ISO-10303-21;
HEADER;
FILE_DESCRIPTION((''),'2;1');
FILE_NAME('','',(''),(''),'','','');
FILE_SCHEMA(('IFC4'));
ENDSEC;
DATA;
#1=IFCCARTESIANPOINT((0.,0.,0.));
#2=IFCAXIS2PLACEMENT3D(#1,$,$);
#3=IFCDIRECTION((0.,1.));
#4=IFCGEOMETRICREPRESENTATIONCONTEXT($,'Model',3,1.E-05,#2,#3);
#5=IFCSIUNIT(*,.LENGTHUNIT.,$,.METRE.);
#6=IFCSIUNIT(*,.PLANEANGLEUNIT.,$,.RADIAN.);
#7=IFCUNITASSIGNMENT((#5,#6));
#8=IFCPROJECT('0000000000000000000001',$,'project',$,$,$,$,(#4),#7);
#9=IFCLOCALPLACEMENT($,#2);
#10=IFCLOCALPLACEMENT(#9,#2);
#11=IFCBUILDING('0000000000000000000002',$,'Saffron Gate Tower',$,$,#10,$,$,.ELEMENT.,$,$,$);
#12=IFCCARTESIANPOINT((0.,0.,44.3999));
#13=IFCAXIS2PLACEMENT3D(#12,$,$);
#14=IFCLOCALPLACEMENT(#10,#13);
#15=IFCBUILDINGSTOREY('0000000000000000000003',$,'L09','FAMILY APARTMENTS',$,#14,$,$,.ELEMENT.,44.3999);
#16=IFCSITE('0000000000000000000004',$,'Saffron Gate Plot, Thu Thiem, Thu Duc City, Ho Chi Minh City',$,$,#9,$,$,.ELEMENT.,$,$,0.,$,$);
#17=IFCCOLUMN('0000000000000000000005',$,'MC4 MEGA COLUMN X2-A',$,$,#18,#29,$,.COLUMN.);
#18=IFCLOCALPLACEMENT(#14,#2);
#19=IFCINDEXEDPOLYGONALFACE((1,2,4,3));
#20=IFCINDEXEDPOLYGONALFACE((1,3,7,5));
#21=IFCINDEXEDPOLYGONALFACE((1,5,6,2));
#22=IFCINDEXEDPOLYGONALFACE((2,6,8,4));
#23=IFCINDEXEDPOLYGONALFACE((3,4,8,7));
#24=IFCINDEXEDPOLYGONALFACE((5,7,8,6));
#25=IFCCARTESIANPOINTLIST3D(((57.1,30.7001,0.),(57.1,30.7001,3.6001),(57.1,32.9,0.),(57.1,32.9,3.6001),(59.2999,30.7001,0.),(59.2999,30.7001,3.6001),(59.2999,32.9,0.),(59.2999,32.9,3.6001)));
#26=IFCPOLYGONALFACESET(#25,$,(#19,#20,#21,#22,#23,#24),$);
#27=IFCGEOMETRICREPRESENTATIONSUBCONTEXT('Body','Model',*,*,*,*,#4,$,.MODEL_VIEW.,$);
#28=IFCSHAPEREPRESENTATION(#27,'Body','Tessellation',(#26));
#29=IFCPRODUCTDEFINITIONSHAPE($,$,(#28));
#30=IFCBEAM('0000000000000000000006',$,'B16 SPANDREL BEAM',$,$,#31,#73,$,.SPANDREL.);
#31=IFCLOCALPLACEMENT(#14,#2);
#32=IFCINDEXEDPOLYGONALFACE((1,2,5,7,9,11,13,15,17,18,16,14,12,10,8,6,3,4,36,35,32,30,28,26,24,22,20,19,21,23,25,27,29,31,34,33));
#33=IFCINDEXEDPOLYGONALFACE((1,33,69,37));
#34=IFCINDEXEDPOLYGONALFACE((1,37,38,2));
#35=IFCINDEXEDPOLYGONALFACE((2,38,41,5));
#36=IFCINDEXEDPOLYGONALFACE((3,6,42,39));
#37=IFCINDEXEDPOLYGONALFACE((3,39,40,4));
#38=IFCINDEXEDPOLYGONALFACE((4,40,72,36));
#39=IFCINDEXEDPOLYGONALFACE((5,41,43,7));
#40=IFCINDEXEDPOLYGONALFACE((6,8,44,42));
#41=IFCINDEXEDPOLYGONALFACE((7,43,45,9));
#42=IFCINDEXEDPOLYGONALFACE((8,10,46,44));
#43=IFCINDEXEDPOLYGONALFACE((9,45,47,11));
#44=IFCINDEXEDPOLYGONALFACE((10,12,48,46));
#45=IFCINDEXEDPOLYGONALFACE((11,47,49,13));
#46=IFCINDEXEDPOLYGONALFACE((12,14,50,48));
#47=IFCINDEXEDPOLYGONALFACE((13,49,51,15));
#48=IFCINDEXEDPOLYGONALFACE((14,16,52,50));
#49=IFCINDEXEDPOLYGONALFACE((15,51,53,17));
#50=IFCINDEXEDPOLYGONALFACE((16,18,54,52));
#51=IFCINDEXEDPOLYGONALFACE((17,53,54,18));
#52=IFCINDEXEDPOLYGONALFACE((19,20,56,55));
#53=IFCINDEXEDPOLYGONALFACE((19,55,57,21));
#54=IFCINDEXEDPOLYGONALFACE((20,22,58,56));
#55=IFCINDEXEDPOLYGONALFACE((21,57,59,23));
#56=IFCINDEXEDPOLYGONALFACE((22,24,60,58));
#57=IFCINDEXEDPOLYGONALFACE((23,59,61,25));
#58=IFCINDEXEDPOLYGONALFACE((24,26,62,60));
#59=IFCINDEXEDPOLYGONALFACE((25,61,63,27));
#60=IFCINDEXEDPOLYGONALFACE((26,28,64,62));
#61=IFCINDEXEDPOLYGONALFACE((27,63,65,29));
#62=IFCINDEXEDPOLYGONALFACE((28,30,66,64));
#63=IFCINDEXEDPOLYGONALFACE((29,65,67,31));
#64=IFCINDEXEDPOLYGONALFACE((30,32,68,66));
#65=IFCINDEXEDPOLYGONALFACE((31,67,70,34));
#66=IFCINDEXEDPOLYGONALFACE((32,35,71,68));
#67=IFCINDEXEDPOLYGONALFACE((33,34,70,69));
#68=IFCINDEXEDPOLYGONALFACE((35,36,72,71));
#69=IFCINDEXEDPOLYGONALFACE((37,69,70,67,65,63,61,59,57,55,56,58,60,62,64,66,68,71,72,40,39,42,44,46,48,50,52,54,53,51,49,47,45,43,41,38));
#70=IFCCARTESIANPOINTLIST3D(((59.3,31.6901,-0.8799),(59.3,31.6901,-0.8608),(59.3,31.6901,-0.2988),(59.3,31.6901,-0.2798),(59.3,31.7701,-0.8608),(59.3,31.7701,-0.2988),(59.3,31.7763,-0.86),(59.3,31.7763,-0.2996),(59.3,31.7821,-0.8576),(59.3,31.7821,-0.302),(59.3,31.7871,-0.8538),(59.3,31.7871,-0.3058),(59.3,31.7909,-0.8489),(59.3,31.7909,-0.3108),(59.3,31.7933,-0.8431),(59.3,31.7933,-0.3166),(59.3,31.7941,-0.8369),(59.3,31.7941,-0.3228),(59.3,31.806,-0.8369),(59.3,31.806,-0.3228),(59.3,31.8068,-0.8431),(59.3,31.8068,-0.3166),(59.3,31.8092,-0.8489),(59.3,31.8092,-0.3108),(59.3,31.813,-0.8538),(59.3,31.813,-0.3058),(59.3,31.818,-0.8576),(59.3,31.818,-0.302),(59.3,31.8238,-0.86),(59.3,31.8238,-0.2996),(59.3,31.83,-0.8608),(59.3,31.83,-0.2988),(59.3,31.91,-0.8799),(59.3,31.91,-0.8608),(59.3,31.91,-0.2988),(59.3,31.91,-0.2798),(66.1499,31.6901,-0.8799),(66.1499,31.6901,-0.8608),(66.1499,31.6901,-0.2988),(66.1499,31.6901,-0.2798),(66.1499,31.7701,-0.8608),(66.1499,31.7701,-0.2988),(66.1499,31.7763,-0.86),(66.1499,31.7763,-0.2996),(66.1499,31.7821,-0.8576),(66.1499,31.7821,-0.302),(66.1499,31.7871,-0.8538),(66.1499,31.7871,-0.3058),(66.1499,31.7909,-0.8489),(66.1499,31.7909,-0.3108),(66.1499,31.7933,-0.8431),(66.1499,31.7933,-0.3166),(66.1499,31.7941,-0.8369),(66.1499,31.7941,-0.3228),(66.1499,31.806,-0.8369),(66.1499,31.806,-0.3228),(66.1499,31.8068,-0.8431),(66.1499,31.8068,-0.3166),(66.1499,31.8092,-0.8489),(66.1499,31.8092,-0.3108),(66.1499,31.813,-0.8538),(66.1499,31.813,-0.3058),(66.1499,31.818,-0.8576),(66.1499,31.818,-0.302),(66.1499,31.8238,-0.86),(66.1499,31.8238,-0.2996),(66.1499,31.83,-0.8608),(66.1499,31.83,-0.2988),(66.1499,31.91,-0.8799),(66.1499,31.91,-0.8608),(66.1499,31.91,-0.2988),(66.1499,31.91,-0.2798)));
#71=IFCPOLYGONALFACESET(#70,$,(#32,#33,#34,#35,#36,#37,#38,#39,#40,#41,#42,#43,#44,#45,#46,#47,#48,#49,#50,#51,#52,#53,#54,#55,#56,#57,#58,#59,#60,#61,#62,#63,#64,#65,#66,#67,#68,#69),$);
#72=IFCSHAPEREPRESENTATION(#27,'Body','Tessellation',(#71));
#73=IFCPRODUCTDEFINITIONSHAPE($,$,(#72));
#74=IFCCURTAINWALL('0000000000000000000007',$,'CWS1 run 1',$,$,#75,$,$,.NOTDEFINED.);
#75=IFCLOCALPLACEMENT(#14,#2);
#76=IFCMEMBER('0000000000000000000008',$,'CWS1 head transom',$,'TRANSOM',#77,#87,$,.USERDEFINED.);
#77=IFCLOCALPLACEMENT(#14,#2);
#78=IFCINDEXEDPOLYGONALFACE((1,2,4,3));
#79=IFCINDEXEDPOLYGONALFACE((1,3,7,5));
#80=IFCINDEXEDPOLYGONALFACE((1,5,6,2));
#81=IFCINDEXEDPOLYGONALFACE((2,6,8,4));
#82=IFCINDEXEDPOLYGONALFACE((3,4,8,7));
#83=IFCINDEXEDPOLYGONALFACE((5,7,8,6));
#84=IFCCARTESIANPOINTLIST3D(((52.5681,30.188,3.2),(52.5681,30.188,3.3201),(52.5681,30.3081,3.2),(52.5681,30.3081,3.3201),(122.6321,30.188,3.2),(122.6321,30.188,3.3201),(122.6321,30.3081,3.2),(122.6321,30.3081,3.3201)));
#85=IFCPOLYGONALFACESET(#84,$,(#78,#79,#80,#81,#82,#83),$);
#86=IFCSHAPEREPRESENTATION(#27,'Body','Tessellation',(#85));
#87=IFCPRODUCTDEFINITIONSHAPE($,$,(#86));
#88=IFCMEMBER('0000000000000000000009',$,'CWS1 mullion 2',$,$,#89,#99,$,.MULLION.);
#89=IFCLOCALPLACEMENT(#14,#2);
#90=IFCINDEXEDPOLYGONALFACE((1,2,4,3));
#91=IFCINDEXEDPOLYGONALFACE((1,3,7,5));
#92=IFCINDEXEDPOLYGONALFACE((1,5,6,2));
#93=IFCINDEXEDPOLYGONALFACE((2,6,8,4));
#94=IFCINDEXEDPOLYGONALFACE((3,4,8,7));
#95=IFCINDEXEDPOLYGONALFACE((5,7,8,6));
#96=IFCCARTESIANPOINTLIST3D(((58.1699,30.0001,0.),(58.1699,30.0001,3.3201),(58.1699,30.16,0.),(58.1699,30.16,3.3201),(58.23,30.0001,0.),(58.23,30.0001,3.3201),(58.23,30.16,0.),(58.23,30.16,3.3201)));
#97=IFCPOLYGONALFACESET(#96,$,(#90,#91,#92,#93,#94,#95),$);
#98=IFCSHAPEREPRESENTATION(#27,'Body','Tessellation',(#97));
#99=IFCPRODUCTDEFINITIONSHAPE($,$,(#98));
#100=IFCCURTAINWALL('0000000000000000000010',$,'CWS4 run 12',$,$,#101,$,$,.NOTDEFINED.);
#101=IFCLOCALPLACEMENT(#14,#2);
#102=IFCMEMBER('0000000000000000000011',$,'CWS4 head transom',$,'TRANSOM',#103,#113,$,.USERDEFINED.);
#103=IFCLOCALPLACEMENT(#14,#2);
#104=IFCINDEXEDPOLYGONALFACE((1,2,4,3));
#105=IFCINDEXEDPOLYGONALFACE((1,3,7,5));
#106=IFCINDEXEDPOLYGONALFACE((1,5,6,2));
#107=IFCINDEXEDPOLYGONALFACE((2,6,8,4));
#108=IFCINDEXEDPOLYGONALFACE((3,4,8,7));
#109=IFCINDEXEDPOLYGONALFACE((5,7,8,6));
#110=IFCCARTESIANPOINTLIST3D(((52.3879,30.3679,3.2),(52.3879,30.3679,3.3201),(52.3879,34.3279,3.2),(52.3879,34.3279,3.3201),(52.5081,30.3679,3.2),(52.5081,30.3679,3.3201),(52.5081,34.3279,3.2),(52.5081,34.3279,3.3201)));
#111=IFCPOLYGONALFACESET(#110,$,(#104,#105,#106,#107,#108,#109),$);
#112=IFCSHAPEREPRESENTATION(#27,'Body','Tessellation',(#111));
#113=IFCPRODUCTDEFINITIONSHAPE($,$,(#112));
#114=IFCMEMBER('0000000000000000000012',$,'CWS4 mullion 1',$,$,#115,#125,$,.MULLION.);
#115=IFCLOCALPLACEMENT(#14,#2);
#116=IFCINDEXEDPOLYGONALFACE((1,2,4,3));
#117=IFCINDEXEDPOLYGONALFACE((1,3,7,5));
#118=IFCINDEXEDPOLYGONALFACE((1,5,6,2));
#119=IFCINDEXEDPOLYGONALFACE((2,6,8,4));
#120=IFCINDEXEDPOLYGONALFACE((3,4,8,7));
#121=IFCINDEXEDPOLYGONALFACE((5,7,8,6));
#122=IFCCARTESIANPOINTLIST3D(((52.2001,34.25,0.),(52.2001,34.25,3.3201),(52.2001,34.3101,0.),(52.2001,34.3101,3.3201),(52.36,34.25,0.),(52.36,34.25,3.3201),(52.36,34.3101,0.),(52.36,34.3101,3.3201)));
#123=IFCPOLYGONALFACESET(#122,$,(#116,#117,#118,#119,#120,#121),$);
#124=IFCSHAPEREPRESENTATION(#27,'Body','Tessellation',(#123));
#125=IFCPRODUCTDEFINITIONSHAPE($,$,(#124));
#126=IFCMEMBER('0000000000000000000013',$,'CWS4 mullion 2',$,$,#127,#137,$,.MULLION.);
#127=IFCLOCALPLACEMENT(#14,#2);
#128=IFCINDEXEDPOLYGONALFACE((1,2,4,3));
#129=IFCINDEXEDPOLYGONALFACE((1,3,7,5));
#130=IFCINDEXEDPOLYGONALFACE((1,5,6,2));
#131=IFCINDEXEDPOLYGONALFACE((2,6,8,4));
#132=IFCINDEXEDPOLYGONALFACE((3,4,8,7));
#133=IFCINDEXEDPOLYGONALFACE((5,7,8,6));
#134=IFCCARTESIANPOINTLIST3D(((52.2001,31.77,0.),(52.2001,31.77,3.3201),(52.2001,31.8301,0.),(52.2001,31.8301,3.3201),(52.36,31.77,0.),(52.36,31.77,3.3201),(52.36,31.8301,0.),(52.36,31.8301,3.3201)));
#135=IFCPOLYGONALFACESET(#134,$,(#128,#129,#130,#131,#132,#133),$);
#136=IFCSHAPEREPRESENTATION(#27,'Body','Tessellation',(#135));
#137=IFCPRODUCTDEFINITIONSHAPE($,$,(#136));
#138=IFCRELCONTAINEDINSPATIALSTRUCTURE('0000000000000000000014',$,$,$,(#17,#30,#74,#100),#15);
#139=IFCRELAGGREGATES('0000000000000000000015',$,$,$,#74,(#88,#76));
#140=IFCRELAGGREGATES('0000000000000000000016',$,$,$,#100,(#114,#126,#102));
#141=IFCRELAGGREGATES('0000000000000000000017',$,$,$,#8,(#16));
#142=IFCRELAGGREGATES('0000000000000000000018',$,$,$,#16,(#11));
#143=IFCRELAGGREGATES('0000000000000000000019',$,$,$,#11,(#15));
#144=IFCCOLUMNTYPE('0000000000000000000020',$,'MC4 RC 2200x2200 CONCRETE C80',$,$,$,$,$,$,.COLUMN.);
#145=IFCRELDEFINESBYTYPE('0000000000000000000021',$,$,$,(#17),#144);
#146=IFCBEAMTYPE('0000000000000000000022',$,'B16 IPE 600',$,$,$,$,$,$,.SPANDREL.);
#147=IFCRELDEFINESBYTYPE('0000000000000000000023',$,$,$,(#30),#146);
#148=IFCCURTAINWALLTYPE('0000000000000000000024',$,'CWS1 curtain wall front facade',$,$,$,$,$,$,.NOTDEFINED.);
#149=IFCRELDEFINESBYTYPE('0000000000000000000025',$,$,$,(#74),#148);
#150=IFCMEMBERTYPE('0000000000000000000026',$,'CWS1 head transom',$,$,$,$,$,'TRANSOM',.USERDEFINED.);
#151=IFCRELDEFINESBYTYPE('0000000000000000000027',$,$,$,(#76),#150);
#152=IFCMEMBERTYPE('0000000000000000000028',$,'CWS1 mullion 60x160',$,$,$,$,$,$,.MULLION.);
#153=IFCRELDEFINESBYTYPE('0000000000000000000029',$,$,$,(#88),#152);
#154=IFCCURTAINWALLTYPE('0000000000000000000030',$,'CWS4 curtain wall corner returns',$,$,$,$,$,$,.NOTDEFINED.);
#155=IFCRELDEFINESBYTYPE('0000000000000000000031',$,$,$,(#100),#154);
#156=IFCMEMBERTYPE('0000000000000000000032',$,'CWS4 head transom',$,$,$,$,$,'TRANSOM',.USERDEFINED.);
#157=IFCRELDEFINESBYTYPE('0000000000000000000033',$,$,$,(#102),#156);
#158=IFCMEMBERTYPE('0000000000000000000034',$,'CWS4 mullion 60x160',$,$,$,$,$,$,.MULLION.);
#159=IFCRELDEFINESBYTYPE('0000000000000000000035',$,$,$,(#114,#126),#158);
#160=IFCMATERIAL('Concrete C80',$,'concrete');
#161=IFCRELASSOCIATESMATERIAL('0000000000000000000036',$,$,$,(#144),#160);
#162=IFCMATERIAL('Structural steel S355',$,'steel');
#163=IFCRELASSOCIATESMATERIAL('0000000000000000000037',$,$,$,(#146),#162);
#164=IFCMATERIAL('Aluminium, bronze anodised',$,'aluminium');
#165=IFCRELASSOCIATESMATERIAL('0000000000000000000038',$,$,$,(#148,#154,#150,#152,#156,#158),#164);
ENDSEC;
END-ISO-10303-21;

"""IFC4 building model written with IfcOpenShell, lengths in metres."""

from ifc_helpers import new_model, si_unit, direction, frame, origin, origin_2d, place, context, subcontext, project, spatial, rectangle, i_section, extrude, material, material_profile, profile_set, type_object, element, aggregate, save


model = new_model("IFC4")

# Units and contexts
model_context = context("Model", 3, precision=1e-05, world=origin(), true_north=direction((0.0, 1.0)))
body_context = subcontext(model_context, "Body", "Model", "MODEL_VIEW")
ifc_project = project(units=[si_unit("LENGTHUNIT", "METRE"), si_unit("PLANEANGLEUNIT", "RADIAN")], contexts=[model_context])

# Site, building, storey
site_placement = place(None, origin())
site = spatial("IfcSite", under=ifc_project, at=site_placement, Name="Saffron Gate Plot, Thu Thiem, Thu Duc City, Ho Chi Minh City", CompositionType="ELEMENT", RefElevation=0.0)
building_placement = place(site_placement, origin())
building = spatial("IfcBuilding", under=site, at=building_placement, Name="Saffron Gate Tower", CompositionType="ELEMENT")
storey_placement = place(building_placement, frame((0.0, 0.0, 44.3999)))
storey = spatial("IfcBuildingStorey", under=building, at=storey_placement, Name="L09", Description="FAMILY APARTMENTS", CompositionType="ELEMENT", Elevation=44.3999)

# Column
ifc_material_1 = material(Name="Concrete C80", Category="concrete")
ifc_material_profile_1 = material_profile(ifc_material_1, rectangle(XDim=2.2, YDim=2.2, at=origin_2d()))
ifc_profile_set_1 = profile_set([ifc_material_profile_1], Name="Concrete C80")
column_type = type_object("IfcColumnType", Name="MC4 RC 2200x2200 CONCRETE C80", PredefinedType="COLUMN", material=ifc_profile_set_1)
column_placement = place(storey_placement, frame((58.2, 31.8, 0.0), z_axis=(0.0, 0.0, 1.0), x_axis=(1.0, 0.0, 0.0)))
element("IfcColumn", 1, at=column_placement, inside=storey, type_object=column_type, Name="MC4 MEGA COLUMN X2-A", PredefinedType="COLUMN", context=body_context, shape_type="SweptSolid", body=[
    extrude(rectangle(XDim=2.2, YDim=2.2, at=origin_2d()), origin(), (0.0, 0.0, 1.0), 3.6001),
])

# Beam
ifc_material_2 = material(Name="Structural steel S355", Category="steel")
ifc_material_profile_2 = material_profile(ifc_material_2, i_section(OverallWidth=0.22, OverallDepth=0.6001, WebThickness=0.012, FlangeThickness=0.019, FilletRadius=0.0239, at=origin_2d()))
ifc_profile_set_2 = profile_set([ifc_material_profile_2], Name="Structural steel S355")
beam_type = type_object("IfcBeamType", Name="B16 IPE 600", PredefinedType="SPANDREL", material=ifc_profile_set_2)
beam_placement = place(storey_placement, frame((59.3, 31.8, -0.5798), z_axis=(1.0, 0.0, 0.0), x_axis=(0.0, 1.0, 0.0)))
element("IfcBeam", 2, at=beam_placement, inside=storey, type_object=beam_type, Name="B16 SPANDREL BEAM", PredefinedType="SPANDREL", context=body_context, shape_type="SweptSolid", body=[
    extrude(i_section(OverallWidth=0.22, OverallDepth=0.6001, WebThickness=0.012, FlangeThickness=0.019, FilletRadius=0.0239, at=origin_2d()), origin(), (0.0, 0.0, 1.0), 6.8499),
])

# Curtain walls, members
ifc_material_3 = material(Name="Aluminium, bronze anodised", Category="aluminium")
curtain_wall_type_1 = type_object("IfcCurtainWallType", Name="CWS1 curtain wall front facade", PredefinedType="NOTDEFINED", material=ifc_material_3)
curtain_wall_1_placement = place(storey_placement, origin())
curtain_wall_1 = element("IfcCurtainWall", 3, at=curtain_wall_1_placement, inside=storey, type_object=curtain_wall_type_1, Name="CWS1 run 1", PredefinedType="NOTDEFINED")
ifc_material_profile_3 = material_profile(ifc_material_3, rectangle(XDim=0.1201, YDim=0.1201, at=origin_2d()))
ifc_profile_set_3 = profile_set([ifc_material_profile_3], Name="Aluminium, bronze anodised")
member_type_1 = type_object("IfcMemberType", Name="CWS1 head transom", ElementType="TRANSOM", PredefinedType="USERDEFINED", material=ifc_profile_set_3)
member_1_placement = place(storey_placement, frame((52.5681, 30.248, 3.26), z_axis=(1.0, 0.0, 0.0), x_axis=(0.0, 1.0, 0.0)))
member_1 = element("IfcMember", 4, at=member_1_placement, type_object=member_type_1, Name="CWS1 head transom", ObjectType="TRANSOM", PredefinedType="USERDEFINED", context=body_context, shape_type="SweptSolid", body=[
    extrude(rectangle(XDim=0.1201, YDim=0.1201, at=origin_2d()), origin(), (0.0, 0.0, 1.0), 70.064),
])
ifc_material_profile_4 = material_profile(ifc_material_3, rectangle(XDim=0.1599, YDim=0.0601, at=origin_2d()))
ifc_profile_set_4 = profile_set([ifc_material_profile_4], Name="Aluminium, bronze anodised")
member_type_2 = type_object("IfcMemberType", Name="CWS1 mullion 60x160", PredefinedType="MULLION", material=ifc_profile_set_4)
member_2_placement = place(storey_placement, frame((58.2, 30.0801, 0.0), z_axis=(0.0, 0.0, 1.0), x_axis=(0.0, 1.0, 0.0)))
member_2 = element("IfcMember", 5, at=member_2_placement, type_object=member_type_2, Name="CWS1 mullion 2", PredefinedType="MULLION", context=body_context, shape_type="SweptSolid", body=[
    extrude(rectangle(XDim=0.1599, YDim=0.0601, at=origin_2d()), origin(), (0.0, 0.0, 1.0), 3.3201),
])
curtain_wall_type_2 = type_object("IfcCurtainWallType", Name="CWS4 curtain wall corner returns", PredefinedType="NOTDEFINED", material=ifc_material_3)
curtain_wall_2_placement = place(storey_placement, origin())
curtain_wall_2 = element("IfcCurtainWall", 6, at=curtain_wall_2_placement, inside=storey, type_object=curtain_wall_type_2, Name="CWS4 run 12", PredefinedType="NOTDEFINED")
ifc_material_profile_5 = material_profile(ifc_material_3, rectangle(XDim=0.1201, YDim=0.1201, at=origin_2d()))
ifc_profile_set_5 = profile_set([ifc_material_profile_5], Name="Aluminium, bronze anodised")
member_type_3 = type_object("IfcMemberType", Name="CWS4 head transom", ElementType="TRANSOM", PredefinedType="USERDEFINED", material=ifc_profile_set_5)
member_3_placement = place(storey_placement, frame((52.448, 34.3279, 3.26), z_axis=(0.0, -1.0, 0.0), x_axis=(1.0, 0.0, 0.0)))
member_3 = element("IfcMember", 7, at=member_3_placement, type_object=member_type_3, Name="CWS4 head transom", ObjectType="TRANSOM", PredefinedType="USERDEFINED", context=body_context, shape_type="SweptSolid", body=[
    extrude(rectangle(XDim=0.1201, YDim=0.1201, at=origin_2d()), origin(), (0.0, 0.0, 1.0), 3.96),
])
ifc_material_profile_6 = material_profile(ifc_material_3, rectangle(XDim=0.1599, YDim=0.0601, at=origin_2d()))
ifc_profile_set_6 = profile_set([ifc_material_profile_6], Name="Aluminium, bronze anodised")
member_type_4 = type_object("IfcMemberType", Name="CWS4 mullion 60x160", PredefinedType="MULLION", material=ifc_profile_set_6)
member_4_placement = place(storey_placement, frame((52.28, 34.28, 0.0), z_axis=(0.0, 0.0, 1.0), x_axis=(1.0, 0.0, 0.0)))
member_4 = element("IfcMember", 8, at=member_4_placement, type_object=member_type_4, Name="CWS4 mullion 1", PredefinedType="MULLION", context=body_context, shape_type="SweptSolid", body=[
    extrude(rectangle(XDim=0.1599, YDim=0.0601, at=origin_2d()), origin(), (0.0, 0.0, 1.0), 3.3201),
])
member_5_placement = place(storey_placement, frame((52.28, 31.8, 0.0), z_axis=(0.0, 0.0, 1.0), x_axis=(1.0, 0.0, 0.0)))
member_5 = element("IfcMember", 9, at=member_5_placement, type_object=member_type_4, Name="CWS4 mullion 2", PredefinedType="MULLION", context=body_context, shape_type="SweptSolid", body=[
    extrude(rectangle(XDim=0.1599, YDim=0.0601, at=origin_2d()), origin(), (0.0, 0.0, 1.0), 3.3201),
])

aggregate(curtain_wall_1, [member_2, member_1])

aggregate(curtain_wall_2, [member_4, member_5, member_3])

save(model, "model.ifc")
